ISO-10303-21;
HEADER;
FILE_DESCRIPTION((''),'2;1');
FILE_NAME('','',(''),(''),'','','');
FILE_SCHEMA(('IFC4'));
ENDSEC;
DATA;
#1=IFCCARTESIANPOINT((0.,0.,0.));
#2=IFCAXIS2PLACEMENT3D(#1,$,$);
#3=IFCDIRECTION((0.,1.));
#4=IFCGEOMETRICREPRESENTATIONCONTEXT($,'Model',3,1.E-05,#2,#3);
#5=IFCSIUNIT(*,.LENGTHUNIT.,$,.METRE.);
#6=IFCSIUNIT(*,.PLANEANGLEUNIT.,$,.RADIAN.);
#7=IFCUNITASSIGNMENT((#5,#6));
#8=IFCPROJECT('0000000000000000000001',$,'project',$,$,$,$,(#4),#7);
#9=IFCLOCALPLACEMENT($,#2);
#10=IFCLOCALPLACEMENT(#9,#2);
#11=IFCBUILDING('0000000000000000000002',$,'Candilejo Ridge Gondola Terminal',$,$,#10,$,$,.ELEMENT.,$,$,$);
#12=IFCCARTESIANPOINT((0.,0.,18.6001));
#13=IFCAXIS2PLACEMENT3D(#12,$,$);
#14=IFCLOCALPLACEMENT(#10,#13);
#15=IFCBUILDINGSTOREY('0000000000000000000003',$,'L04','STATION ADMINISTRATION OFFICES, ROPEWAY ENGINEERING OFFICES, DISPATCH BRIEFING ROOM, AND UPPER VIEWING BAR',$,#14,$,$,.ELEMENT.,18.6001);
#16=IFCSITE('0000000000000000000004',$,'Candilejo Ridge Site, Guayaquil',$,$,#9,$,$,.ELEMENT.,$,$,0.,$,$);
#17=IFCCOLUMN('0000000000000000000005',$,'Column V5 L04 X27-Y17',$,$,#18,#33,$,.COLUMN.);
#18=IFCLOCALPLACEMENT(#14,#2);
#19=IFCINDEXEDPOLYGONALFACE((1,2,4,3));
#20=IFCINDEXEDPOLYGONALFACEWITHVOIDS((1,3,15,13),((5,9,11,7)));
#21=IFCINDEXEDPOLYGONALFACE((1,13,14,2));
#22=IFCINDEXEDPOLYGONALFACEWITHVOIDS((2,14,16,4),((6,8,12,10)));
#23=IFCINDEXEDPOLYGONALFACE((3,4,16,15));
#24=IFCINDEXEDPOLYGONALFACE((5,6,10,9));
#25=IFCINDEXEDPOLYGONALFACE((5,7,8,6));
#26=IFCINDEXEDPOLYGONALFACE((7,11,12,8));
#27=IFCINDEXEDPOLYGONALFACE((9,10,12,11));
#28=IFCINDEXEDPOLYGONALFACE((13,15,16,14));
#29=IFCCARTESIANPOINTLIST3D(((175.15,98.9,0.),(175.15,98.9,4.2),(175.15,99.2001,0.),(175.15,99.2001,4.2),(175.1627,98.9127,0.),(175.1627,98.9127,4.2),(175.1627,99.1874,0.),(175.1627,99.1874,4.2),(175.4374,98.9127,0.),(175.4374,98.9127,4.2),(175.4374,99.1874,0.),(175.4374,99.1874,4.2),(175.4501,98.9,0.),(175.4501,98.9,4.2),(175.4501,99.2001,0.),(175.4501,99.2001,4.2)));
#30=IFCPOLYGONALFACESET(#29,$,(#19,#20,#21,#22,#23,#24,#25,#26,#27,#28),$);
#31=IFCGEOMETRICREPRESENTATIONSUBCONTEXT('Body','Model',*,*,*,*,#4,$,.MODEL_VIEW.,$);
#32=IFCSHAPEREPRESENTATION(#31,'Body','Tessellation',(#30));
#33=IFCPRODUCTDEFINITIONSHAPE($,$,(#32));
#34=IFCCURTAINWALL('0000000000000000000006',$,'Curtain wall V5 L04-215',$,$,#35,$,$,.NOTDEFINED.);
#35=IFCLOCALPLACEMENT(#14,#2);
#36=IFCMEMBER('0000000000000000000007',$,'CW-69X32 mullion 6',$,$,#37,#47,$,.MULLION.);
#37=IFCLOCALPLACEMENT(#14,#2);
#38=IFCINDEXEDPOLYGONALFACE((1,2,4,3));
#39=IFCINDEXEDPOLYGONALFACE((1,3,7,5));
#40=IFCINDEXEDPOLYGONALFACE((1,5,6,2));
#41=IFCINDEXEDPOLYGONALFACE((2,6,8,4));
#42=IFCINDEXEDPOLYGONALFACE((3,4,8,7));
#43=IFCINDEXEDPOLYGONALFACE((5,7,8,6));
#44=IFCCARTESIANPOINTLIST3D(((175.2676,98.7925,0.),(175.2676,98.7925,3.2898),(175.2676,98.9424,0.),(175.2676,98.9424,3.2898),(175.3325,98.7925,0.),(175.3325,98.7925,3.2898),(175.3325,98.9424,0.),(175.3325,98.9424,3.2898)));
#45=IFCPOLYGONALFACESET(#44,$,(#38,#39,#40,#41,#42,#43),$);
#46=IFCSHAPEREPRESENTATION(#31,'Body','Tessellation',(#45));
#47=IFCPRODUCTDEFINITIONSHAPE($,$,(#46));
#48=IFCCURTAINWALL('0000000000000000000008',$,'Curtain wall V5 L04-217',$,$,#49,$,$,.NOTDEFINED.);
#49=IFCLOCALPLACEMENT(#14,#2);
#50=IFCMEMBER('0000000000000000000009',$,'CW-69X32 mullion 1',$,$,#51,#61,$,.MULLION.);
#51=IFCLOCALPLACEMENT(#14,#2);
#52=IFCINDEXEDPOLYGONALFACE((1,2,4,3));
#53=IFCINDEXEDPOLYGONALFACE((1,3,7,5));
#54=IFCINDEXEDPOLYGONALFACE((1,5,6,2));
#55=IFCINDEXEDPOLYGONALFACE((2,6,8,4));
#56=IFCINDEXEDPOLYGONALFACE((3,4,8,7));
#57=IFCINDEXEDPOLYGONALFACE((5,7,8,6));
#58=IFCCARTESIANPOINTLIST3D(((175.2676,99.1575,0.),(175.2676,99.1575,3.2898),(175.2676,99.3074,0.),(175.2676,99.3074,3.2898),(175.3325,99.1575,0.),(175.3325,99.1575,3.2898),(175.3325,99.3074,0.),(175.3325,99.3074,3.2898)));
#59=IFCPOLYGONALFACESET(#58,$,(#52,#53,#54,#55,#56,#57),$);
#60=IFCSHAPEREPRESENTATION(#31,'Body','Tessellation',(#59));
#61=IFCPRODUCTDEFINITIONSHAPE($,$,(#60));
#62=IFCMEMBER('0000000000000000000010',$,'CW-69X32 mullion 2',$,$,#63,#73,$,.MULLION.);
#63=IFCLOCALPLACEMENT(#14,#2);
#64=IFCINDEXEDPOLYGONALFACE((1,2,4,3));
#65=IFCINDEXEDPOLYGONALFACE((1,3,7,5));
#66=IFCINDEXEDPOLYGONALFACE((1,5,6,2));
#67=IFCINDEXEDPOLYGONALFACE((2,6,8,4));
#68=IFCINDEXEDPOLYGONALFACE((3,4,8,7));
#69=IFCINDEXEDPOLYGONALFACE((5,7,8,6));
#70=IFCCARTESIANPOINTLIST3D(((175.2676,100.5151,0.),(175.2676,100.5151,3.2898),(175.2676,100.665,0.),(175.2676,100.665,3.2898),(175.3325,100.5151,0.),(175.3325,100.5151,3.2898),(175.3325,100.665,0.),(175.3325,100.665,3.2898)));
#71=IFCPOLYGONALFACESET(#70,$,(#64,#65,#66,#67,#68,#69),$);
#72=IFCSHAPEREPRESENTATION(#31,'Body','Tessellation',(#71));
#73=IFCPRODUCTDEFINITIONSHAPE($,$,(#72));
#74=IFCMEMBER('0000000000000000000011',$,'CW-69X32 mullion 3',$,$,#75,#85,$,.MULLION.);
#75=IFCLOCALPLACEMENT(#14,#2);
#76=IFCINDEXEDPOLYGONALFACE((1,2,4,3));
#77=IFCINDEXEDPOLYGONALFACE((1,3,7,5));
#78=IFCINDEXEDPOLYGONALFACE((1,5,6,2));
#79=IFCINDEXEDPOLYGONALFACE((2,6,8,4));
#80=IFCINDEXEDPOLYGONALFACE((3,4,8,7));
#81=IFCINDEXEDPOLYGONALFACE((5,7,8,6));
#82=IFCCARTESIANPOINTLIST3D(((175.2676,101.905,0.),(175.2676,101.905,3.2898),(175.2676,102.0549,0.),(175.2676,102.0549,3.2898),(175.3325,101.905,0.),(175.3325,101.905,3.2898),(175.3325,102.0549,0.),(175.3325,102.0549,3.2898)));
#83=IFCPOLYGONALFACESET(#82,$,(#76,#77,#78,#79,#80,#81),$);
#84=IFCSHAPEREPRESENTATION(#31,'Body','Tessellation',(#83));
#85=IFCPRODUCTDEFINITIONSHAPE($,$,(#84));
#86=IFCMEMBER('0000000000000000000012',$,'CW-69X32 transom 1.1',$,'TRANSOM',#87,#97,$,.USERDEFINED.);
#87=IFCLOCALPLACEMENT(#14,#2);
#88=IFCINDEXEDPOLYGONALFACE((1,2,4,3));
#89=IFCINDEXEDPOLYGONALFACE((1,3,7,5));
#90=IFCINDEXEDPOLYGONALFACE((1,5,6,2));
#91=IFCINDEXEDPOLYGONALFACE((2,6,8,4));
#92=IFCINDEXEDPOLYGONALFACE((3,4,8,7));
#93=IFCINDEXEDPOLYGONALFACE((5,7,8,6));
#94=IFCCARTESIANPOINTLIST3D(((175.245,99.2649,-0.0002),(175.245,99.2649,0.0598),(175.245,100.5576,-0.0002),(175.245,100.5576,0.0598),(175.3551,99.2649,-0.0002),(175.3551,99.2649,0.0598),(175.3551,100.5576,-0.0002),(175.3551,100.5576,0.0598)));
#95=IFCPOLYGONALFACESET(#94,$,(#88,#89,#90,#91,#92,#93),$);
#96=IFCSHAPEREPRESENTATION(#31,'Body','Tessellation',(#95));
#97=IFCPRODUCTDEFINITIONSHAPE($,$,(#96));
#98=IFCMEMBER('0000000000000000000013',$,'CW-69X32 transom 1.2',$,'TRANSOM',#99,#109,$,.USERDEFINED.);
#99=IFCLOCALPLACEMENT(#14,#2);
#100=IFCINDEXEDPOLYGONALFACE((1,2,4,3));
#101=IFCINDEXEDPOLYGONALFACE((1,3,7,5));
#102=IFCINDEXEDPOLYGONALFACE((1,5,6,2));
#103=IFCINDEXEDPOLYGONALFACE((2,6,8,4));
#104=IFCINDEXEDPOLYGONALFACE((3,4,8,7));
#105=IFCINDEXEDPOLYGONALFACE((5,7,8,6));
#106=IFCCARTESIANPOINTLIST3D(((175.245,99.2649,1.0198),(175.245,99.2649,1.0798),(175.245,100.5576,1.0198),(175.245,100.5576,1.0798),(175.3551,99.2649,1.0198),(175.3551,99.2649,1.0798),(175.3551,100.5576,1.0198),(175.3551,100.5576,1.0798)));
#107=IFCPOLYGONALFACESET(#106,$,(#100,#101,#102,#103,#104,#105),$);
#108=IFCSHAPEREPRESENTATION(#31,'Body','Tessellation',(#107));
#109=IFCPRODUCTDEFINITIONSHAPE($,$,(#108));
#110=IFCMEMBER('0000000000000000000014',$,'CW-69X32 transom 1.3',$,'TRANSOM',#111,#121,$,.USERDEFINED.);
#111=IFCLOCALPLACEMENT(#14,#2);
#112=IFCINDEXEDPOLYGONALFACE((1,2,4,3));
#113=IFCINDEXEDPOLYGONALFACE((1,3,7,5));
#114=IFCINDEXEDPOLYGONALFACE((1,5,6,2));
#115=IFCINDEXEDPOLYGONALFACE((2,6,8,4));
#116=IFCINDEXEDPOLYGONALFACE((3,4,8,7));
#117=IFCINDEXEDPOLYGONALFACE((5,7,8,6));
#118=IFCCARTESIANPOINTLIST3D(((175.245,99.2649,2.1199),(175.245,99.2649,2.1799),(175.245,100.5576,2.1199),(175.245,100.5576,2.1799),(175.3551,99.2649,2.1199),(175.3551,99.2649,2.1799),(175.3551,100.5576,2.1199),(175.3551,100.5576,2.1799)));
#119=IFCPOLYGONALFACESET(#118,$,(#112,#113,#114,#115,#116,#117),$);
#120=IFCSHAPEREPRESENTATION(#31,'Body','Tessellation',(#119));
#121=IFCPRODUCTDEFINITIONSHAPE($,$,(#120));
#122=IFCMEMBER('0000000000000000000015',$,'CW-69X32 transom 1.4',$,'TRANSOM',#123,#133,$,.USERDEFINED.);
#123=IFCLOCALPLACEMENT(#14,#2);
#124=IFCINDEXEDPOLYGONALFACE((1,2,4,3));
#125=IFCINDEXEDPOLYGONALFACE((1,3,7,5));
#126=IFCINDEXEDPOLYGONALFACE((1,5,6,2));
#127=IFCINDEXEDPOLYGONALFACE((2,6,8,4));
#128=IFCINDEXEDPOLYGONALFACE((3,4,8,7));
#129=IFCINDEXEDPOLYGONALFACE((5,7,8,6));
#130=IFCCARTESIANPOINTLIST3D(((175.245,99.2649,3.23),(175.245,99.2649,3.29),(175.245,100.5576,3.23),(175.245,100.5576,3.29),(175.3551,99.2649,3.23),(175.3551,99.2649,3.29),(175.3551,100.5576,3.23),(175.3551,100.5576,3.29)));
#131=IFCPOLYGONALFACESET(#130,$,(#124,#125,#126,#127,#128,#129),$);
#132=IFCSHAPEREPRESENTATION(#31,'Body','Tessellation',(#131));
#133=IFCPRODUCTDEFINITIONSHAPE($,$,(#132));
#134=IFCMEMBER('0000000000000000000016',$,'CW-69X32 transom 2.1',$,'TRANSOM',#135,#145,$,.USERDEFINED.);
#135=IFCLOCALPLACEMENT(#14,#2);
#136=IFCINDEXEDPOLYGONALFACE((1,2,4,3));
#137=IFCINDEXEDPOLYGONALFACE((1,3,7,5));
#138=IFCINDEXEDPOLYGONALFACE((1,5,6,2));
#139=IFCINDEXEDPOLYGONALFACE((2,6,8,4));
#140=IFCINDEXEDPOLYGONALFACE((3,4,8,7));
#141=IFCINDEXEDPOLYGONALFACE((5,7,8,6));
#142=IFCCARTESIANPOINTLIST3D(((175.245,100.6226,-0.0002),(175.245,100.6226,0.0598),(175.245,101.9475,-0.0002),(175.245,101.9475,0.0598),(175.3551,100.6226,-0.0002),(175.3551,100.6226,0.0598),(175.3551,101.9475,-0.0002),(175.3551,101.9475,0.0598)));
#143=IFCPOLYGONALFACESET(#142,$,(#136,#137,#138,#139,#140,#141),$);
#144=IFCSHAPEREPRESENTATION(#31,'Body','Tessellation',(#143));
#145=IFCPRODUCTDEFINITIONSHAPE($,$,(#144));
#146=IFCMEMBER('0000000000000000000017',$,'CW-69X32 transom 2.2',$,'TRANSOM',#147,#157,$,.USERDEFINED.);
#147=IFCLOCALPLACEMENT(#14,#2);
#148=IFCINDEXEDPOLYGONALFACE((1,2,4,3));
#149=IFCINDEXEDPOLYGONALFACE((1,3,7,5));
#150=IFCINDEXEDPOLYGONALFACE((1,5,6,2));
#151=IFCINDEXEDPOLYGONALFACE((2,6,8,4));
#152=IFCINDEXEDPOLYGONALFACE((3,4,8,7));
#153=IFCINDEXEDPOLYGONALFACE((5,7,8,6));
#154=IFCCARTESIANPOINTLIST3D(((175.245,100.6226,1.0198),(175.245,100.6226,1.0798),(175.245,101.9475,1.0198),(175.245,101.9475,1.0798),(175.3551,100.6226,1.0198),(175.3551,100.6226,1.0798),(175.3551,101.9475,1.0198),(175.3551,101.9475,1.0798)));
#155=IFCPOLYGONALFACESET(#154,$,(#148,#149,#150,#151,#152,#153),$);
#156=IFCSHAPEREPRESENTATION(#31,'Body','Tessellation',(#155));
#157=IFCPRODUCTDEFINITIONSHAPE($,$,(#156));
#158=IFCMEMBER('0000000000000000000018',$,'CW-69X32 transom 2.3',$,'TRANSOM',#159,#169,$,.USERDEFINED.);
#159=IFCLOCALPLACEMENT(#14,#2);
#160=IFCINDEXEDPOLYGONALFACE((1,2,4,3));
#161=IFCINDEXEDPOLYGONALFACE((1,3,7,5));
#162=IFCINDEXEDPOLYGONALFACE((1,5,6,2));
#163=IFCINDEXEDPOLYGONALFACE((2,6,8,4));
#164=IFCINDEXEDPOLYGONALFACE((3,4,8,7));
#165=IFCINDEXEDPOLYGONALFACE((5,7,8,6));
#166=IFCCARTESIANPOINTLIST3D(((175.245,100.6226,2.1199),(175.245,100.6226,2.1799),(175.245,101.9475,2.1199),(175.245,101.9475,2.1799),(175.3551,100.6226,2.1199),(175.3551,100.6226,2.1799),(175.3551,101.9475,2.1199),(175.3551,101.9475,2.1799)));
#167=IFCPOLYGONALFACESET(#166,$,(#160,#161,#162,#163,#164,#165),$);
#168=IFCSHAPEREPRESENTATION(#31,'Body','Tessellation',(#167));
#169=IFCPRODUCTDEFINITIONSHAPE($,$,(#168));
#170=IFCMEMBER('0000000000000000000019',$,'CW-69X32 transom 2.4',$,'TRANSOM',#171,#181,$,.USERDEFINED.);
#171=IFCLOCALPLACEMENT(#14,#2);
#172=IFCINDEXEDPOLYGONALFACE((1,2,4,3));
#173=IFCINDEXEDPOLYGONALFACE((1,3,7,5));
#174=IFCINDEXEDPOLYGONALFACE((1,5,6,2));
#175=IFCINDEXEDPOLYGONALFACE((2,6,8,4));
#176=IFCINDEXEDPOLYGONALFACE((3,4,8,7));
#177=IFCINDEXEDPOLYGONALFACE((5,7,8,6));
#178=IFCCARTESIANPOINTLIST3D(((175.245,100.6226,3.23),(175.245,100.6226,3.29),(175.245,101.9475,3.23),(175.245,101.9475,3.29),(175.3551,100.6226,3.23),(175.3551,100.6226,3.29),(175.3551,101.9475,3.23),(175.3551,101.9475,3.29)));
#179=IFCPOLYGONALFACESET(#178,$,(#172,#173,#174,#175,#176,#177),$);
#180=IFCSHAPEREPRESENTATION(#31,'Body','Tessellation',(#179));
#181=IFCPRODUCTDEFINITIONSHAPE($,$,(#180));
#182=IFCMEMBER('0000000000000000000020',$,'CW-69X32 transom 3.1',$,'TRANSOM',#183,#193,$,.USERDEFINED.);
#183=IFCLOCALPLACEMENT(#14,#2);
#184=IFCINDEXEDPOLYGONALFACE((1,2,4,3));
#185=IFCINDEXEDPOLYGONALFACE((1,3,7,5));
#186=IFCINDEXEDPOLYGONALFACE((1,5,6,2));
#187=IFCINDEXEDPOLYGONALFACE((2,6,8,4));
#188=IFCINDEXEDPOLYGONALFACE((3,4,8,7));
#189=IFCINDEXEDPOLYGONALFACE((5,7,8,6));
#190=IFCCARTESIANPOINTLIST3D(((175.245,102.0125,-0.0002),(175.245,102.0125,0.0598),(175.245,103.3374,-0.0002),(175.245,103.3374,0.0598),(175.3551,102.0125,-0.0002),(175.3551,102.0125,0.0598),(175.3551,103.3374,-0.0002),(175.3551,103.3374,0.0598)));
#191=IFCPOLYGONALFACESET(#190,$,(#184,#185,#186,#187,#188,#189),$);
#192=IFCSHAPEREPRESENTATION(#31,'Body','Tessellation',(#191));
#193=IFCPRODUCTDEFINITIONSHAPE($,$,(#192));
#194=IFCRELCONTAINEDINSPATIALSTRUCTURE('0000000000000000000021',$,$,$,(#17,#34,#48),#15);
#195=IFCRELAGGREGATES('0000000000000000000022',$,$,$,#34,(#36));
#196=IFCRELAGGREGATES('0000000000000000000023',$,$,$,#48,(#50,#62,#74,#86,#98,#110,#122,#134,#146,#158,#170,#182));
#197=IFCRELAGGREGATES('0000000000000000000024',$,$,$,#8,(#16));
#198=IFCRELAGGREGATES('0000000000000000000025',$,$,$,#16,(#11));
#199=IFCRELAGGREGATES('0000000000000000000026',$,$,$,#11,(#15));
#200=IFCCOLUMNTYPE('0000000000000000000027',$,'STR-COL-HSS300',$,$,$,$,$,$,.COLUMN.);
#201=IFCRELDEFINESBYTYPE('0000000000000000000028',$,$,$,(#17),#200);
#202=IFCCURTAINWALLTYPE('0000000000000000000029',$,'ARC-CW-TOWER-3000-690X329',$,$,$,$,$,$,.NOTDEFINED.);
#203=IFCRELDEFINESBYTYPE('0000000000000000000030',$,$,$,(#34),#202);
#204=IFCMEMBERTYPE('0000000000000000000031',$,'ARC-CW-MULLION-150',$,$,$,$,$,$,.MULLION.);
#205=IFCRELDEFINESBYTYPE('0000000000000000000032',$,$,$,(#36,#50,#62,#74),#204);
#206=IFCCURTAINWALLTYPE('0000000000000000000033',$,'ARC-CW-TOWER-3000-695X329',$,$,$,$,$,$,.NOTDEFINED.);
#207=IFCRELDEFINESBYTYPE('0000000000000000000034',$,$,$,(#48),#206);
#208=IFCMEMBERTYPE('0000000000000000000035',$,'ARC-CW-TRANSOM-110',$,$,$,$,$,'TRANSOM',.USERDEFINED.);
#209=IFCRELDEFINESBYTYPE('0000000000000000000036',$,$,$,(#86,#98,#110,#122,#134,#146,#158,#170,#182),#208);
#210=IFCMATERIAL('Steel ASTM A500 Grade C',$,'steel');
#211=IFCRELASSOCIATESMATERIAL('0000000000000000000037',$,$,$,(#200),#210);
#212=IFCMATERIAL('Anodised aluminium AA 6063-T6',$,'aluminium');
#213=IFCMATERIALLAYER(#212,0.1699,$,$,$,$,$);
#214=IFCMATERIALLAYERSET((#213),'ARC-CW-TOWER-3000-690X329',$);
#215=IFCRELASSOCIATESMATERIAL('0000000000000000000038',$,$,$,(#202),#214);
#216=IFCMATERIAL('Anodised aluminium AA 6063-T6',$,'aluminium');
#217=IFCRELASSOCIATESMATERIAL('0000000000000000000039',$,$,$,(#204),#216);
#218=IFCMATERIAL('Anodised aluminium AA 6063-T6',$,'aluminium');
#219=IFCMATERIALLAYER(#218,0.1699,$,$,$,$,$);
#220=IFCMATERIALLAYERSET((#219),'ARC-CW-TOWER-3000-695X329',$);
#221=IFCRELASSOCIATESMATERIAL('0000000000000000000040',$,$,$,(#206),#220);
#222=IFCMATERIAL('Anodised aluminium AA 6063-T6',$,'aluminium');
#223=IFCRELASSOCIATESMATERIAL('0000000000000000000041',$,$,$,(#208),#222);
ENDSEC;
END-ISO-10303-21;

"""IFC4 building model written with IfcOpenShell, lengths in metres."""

from ifc_helpers import new_model, si_unit, direction, frame, origin, origin_2d, place, context, subcontext, project, spatial, rectangle, hollow_rectangle, extrude, material, layer, layer_set, material_profile, profile_set, type_object, element, aggregate, save


model = new_model("IFC4")

# Units and contexts
model_context = context("Model", 3, precision=1e-05, world=origin(), true_north=direction((0.0, 1.0)))
body_context = subcontext(model_context, "Body", "Model", "MODEL_VIEW")
ifc_project = project(units=[si_unit("LENGTHUNIT", "METRE"), si_unit("PLANEANGLEUNIT", "RADIAN")], contexts=[model_context])

# Site, building, storey
site_placement = place(None, origin())
site = spatial("IfcSite", under=ifc_project, at=site_placement, Name="Candilejo Ridge Site, Guayaquil", CompositionType="ELEMENT", RefElevation=0.0)
building_placement = place(site_placement, origin())
building = spatial("IfcBuilding", under=site, at=building_placement, Name="Candilejo Ridge Gondola Terminal", CompositionType="ELEMENT")
storey_placement = place(building_placement, frame((0.0, 0.0, 18.6001)))
storey = spatial("IfcBuildingStorey", under=building, at=storey_placement, Name="L04", Description="STATION ADMINISTRATION OFFICES, ROPEWAY ENGINEERING OFFICES, DISPATCH BRIEFING ROOM, AND UPPER VIEWING BAR", CompositionType="ELEMENT", Elevation=18.6001)

# Column
ifc_material_1 = material(Name="Steel ASTM A500 Grade C", Category="steel")
ifc_material_profile_1 = material_profile(ifc_material_1, hollow_rectangle(XDim=0.3, YDim=0.3, WallThickness=0.0127, at=origin_2d()))
ifc_profile_set_1 = profile_set([ifc_material_profile_1], Name="Steel ASTM A500 Grade C")
column_type = type_object("IfcColumnType", Name="STR-COL-HSS300", PredefinedType="COLUMN", material=ifc_profile_set_1)
column_placement = place(storey_placement, frame((175.3, 99.05, 0.0), z_axis=(0.0, 0.0, 1.0), x_axis=(1.0, 0.0, 0.0)))
element("IfcColumn", 1, at=column_placement, inside=storey, type_object=column_type, Name="Column V5 L04 X27-Y17", PredefinedType="COLUMN", context=body_context, shape_type="SweptSolid", body=[
    extrude(hollow_rectangle(XDim=0.3, YDim=0.3, WallThickness=0.0127, at=origin_2d()), origin(), (0.0, 0.0, 1.0), 4.2),
])

# Curtain wall, member
ifc_material_2 = material(Name="Anodised aluminium AA 6063-T6", Category="aluminium")
ifc_layer_1 = layer(ifc_material_2, 0.1699)
ifc_layer_set_1 = layer_set([ifc_layer_1], Name="ARC-CW-TOWER-3000-690X329")
curtain_wall_type_1 = type_object("IfcCurtainWallType", Name="ARC-CW-TOWER-3000-690X329", PredefinedType="NOTDEFINED", material=ifc_layer_set_1)
curtain_wall_1_placement = place(storey_placement, origin())
curtain_wall_1 = element("IfcCurtainWall", 2, at=curtain_wall_1_placement, inside=storey, type_object=curtain_wall_type_1, Name="Curtain wall V5 L04-215", PredefinedType="NOTDEFINED")
ifc_material_3 = material(Name="Anodised aluminium AA 6063-T6", Category="aluminium")
ifc_material_profile_2 = material_profile(ifc_material_3, rectangle(XDim=0.0649, YDim=0.1499, at=origin_2d()))
ifc_profile_set_2 = profile_set([ifc_material_profile_2], Name="Anodised aluminium AA 6063-T6")
member_type_1 = type_object("IfcMemberType", Name="ARC-CW-MULLION-150", PredefinedType="MULLION", material=ifc_profile_set_2)
member_1_placement = place(storey_placement, frame((175.3, 98.8674, 0.0), z_axis=(0.0, 0.0, 1.0), x_axis=(-1.0, 0.0, 0.0)))
member_1 = element("IfcMember", 3, at=member_1_placement, type_object=member_type_1, Name="CW-69X32 mullion 6", PredefinedType="MULLION", context=body_context, shape_type="SweptSolid", body=[
    extrude(rectangle(XDim=0.0649, YDim=0.1499, at=origin_2d()), origin(), (0.0, 0.0, 1.0), 3.2898),
])
aggregate(curtain_wall_1, [member_1])

# Curtain wall, members
ifc_material_4 = material(Name="Anodised aluminium AA 6063-T6", Category="aluminium")
ifc_layer_2 = layer(ifc_material_4, 0.1699)
ifc_layer_set_2 = layer_set([ifc_layer_2], Name="ARC-CW-TOWER-3000-695X329")
curtain_wall_type_2 = type_object("IfcCurtainWallType", Name="ARC-CW-TOWER-3000-695X329", PredefinedType="NOTDEFINED", material=ifc_layer_set_2)
curtain_wall_2_placement = place(storey_placement, origin())
curtain_wall_2 = element("IfcCurtainWall", 4, at=curtain_wall_2_placement, inside=storey, type_object=curtain_wall_type_2, Name="Curtain wall V5 L04-217", PredefinedType="NOTDEFINED")
member_2_placement = place(storey_placement, frame((175.3, 99.2324, 0.0), z_axis=(0.0, 0.0, 1.0), x_axis=(-1.0, 0.0, 0.0)))
member_2 = element("IfcMember", 5, at=member_2_placement, type_object=member_type_1, Name="CW-69X32 mullion 1", PredefinedType="MULLION", context=body_context, shape_type="SweptSolid", body=[
    extrude(rectangle(XDim=0.0649, YDim=0.1499, at=origin_2d()), origin(), (0.0, 0.0, 1.0), 3.2898),
])
member_3_placement = place(storey_placement, frame((175.3, 100.5901, 0.0), z_axis=(0.0, 0.0, 1.0), x_axis=(-1.0, 0.0, 0.0)))
member_3 = element("IfcMember", 6, at=member_3_placement, type_object=member_type_1, Name="CW-69X32 mullion 2", PredefinedType="MULLION", context=body_context, shape_type="SweptSolid", body=[
    extrude(rectangle(XDim=0.0649, YDim=0.1499, at=origin_2d()), origin(), (0.0, 0.0, 1.0), 3.2898),
])
member_4_placement = place(storey_placement, frame((175.3, 101.98, 0.0), z_axis=(0.0, 0.0, 1.0), x_axis=(-1.0, 0.0, 0.0)))
member_4 = element("IfcMember", 7, at=member_4_placement, type_object=member_type_1, Name="CW-69X32 mullion 3", PredefinedType="MULLION", context=body_context, shape_type="SweptSolid", body=[
    extrude(rectangle(XDim=0.0649, YDim=0.1499, at=origin_2d()), origin(), (0.0, 0.0, 1.0), 3.2898),
])
ifc_material_5 = material(Name="Anodised aluminium AA 6063-T6", Category="aluminium")
ifc_material_profile_3 = material_profile(ifc_material_5, rectangle(XDim=0.1101, YDim=0.0601, at=origin_2d()))
ifc_profile_set_3 = profile_set([ifc_material_profile_3], Name="Anodised aluminium AA 6063-T6")
member_type_2 = type_object("IfcMemberType", Name="ARC-CW-TRANSOM-110", ElementType="TRANSOM", PredefinedType="USERDEFINED", material=ifc_profile_set_3)
member_5_placement = place(storey_placement, frame((175.3, 99.2649, 0.0298), z_axis=(0.0, 1.0, 0.0), x_axis=(-1.0, 0.0, 0.0)))
member_5 = element("IfcMember", 8, at=member_5_placement, type_object=member_type_2, Name="CW-69X32 transom 1.1", ObjectType="TRANSOM", PredefinedType="USERDEFINED", context=body_context, shape_type="SweptSolid", body=[
    extrude(rectangle(XDim=0.1101, YDim=0.0601, at=origin_2d()), origin(), (0.0, 0.0, 1.0), 1.2927),
])
member_6_placement = place(storey_placement, frame((175.3, 99.2649, 1.0498), z_axis=(0.0, 1.0, 0.0), x_axis=(-1.0, 0.0, 0.0)))
member_6 = element("IfcMember", 9, at=member_6_placement, type_object=member_type_2, Name="CW-69X32 transom 1.2", ObjectType="TRANSOM", PredefinedType="USERDEFINED", context=body_context, shape_type="SweptSolid", body=[
    extrude(rectangle(XDim=0.1101, YDim=0.0601, at=origin_2d()), origin(), (0.0, 0.0, 1.0), 1.2927),
])
member_7_placement = place(storey_placement, frame((175.3, 99.2649, 2.1499), z_axis=(0.0, 1.0, 0.0), x_axis=(-1.0, 0.0, 0.0)))
member_7 = element("IfcMember", 10, at=member_7_placement, type_object=member_type_2, Name="CW-69X32 transom 1.3", ObjectType="TRANSOM", PredefinedType="USERDEFINED", context=body_context, shape_type="SweptSolid", body=[
    extrude(rectangle(XDim=0.1101, YDim=0.0601, at=origin_2d()), origin(), (0.0, 0.0, 1.0), 1.2927),
])
member_8_placement = place(storey_placement, frame((175.3, 99.2649, 3.26), z_axis=(0.0, 1.0, 0.0), x_axis=(-1.0, 0.0, 0.0)))
member_8 = element("IfcMember", 11, at=member_8_placement, type_object=member_type_2, Name="CW-69X32 transom 1.4", ObjectType="TRANSOM", PredefinedType="USERDEFINED", context=body_context, shape_type="SweptSolid", body=[
    extrude(rectangle(XDim=0.1101, YDim=0.0601, at=origin_2d()), origin(), (0.0, 0.0, 1.0), 1.2927),
])
member_9_placement = place(storey_placement, frame((175.3, 100.6226, 0.0298), z_axis=(0.0, 1.0, 0.0), x_axis=(-1.0, 0.0, 0.0)))
member_9 = element("IfcMember", 12, at=member_9_placement, type_object=member_type_2, Name="CW-69X32 transom 2.1", ObjectType="TRANSOM", PredefinedType="USERDEFINED", context=body_context, shape_type="SweptSolid", body=[
    extrude(rectangle(XDim=0.1101, YDim=0.0601, at=origin_2d()), origin(), (0.0, 0.0, 1.0), 1.325),
])
member_10_placement = place(storey_placement, frame((175.3, 100.6226, 1.0498), z_axis=(0.0, 1.0, 0.0), x_axis=(-1.0, 0.0, 0.0)))
member_10 = element("IfcMember", 13, at=member_10_placement, type_object=member_type_2, Name="CW-69X32 transom 2.2", ObjectType="TRANSOM", PredefinedType="USERDEFINED", context=body_context, shape_type="SweptSolid", body=[
    extrude(rectangle(XDim=0.1101, YDim=0.0601, at=origin_2d()), origin(), (0.0, 0.0, 1.0), 1.325),
])
member_11_placement = place(storey_placement, frame((175.3, 100.6226, 2.1499), z_axis=(0.0, 1.0, 0.0), x_axis=(-1.0, 0.0, 0.0)))
member_11 = element("IfcMember", 14, at=member_11_placement, type_object=member_type_2, Name="CW-69X32 transom 2.3", ObjectType="TRANSOM", PredefinedType="USERDEFINED", context=body_context, shape_type="SweptSolid", body=[
    extrude(rectangle(XDim=0.1101, YDim=0.0601, at=origin_2d()), origin(), (0.0, 0.0, 1.0), 1.325),
])
member_12_placement = place(storey_placement, frame((175.3, 100.6226, 3.26), z_axis=(0.0, 1.0, 0.0), x_axis=(-1.0, 0.0, 0.0)))
member_12 = element("IfcMember", 15, at=member_12_placement, type_object=member_type_2, Name="CW-69X32 transom 2.4", ObjectType="TRANSOM", PredefinedType="USERDEFINED", context=body_context, shape_type="SweptSolid", body=[
    extrude(rectangle(XDim=0.1101, YDim=0.0601, at=origin_2d()), origin(), (0.0, 0.0, 1.0), 1.325),
])
member_13_placement = place(storey_placement, frame((175.3, 102.0125, 0.0298), z_axis=(0.0, 1.0, 0.0), x_axis=(-1.0, 0.0, 0.0)))
member_13 = element("IfcMember", 16, at=member_13_placement, type_object=member_type_2, Name="CW-69X32 transom 3.1", ObjectType="TRANSOM", PredefinedType="USERDEFINED", context=body_context, shape_type="SweptSolid", body=[
    extrude(rectangle(XDim=0.1101, YDim=0.0601, at=origin_2d()), origin(), (0.0, 0.0, 1.0), 1.325),
])

aggregate(curtain_wall_2, [member_2, member_3, member_4, member_5, member_6, member_7, member_8, member_9, member_10, member_11, member_12, member_13])

save(model, "model.ifc")
